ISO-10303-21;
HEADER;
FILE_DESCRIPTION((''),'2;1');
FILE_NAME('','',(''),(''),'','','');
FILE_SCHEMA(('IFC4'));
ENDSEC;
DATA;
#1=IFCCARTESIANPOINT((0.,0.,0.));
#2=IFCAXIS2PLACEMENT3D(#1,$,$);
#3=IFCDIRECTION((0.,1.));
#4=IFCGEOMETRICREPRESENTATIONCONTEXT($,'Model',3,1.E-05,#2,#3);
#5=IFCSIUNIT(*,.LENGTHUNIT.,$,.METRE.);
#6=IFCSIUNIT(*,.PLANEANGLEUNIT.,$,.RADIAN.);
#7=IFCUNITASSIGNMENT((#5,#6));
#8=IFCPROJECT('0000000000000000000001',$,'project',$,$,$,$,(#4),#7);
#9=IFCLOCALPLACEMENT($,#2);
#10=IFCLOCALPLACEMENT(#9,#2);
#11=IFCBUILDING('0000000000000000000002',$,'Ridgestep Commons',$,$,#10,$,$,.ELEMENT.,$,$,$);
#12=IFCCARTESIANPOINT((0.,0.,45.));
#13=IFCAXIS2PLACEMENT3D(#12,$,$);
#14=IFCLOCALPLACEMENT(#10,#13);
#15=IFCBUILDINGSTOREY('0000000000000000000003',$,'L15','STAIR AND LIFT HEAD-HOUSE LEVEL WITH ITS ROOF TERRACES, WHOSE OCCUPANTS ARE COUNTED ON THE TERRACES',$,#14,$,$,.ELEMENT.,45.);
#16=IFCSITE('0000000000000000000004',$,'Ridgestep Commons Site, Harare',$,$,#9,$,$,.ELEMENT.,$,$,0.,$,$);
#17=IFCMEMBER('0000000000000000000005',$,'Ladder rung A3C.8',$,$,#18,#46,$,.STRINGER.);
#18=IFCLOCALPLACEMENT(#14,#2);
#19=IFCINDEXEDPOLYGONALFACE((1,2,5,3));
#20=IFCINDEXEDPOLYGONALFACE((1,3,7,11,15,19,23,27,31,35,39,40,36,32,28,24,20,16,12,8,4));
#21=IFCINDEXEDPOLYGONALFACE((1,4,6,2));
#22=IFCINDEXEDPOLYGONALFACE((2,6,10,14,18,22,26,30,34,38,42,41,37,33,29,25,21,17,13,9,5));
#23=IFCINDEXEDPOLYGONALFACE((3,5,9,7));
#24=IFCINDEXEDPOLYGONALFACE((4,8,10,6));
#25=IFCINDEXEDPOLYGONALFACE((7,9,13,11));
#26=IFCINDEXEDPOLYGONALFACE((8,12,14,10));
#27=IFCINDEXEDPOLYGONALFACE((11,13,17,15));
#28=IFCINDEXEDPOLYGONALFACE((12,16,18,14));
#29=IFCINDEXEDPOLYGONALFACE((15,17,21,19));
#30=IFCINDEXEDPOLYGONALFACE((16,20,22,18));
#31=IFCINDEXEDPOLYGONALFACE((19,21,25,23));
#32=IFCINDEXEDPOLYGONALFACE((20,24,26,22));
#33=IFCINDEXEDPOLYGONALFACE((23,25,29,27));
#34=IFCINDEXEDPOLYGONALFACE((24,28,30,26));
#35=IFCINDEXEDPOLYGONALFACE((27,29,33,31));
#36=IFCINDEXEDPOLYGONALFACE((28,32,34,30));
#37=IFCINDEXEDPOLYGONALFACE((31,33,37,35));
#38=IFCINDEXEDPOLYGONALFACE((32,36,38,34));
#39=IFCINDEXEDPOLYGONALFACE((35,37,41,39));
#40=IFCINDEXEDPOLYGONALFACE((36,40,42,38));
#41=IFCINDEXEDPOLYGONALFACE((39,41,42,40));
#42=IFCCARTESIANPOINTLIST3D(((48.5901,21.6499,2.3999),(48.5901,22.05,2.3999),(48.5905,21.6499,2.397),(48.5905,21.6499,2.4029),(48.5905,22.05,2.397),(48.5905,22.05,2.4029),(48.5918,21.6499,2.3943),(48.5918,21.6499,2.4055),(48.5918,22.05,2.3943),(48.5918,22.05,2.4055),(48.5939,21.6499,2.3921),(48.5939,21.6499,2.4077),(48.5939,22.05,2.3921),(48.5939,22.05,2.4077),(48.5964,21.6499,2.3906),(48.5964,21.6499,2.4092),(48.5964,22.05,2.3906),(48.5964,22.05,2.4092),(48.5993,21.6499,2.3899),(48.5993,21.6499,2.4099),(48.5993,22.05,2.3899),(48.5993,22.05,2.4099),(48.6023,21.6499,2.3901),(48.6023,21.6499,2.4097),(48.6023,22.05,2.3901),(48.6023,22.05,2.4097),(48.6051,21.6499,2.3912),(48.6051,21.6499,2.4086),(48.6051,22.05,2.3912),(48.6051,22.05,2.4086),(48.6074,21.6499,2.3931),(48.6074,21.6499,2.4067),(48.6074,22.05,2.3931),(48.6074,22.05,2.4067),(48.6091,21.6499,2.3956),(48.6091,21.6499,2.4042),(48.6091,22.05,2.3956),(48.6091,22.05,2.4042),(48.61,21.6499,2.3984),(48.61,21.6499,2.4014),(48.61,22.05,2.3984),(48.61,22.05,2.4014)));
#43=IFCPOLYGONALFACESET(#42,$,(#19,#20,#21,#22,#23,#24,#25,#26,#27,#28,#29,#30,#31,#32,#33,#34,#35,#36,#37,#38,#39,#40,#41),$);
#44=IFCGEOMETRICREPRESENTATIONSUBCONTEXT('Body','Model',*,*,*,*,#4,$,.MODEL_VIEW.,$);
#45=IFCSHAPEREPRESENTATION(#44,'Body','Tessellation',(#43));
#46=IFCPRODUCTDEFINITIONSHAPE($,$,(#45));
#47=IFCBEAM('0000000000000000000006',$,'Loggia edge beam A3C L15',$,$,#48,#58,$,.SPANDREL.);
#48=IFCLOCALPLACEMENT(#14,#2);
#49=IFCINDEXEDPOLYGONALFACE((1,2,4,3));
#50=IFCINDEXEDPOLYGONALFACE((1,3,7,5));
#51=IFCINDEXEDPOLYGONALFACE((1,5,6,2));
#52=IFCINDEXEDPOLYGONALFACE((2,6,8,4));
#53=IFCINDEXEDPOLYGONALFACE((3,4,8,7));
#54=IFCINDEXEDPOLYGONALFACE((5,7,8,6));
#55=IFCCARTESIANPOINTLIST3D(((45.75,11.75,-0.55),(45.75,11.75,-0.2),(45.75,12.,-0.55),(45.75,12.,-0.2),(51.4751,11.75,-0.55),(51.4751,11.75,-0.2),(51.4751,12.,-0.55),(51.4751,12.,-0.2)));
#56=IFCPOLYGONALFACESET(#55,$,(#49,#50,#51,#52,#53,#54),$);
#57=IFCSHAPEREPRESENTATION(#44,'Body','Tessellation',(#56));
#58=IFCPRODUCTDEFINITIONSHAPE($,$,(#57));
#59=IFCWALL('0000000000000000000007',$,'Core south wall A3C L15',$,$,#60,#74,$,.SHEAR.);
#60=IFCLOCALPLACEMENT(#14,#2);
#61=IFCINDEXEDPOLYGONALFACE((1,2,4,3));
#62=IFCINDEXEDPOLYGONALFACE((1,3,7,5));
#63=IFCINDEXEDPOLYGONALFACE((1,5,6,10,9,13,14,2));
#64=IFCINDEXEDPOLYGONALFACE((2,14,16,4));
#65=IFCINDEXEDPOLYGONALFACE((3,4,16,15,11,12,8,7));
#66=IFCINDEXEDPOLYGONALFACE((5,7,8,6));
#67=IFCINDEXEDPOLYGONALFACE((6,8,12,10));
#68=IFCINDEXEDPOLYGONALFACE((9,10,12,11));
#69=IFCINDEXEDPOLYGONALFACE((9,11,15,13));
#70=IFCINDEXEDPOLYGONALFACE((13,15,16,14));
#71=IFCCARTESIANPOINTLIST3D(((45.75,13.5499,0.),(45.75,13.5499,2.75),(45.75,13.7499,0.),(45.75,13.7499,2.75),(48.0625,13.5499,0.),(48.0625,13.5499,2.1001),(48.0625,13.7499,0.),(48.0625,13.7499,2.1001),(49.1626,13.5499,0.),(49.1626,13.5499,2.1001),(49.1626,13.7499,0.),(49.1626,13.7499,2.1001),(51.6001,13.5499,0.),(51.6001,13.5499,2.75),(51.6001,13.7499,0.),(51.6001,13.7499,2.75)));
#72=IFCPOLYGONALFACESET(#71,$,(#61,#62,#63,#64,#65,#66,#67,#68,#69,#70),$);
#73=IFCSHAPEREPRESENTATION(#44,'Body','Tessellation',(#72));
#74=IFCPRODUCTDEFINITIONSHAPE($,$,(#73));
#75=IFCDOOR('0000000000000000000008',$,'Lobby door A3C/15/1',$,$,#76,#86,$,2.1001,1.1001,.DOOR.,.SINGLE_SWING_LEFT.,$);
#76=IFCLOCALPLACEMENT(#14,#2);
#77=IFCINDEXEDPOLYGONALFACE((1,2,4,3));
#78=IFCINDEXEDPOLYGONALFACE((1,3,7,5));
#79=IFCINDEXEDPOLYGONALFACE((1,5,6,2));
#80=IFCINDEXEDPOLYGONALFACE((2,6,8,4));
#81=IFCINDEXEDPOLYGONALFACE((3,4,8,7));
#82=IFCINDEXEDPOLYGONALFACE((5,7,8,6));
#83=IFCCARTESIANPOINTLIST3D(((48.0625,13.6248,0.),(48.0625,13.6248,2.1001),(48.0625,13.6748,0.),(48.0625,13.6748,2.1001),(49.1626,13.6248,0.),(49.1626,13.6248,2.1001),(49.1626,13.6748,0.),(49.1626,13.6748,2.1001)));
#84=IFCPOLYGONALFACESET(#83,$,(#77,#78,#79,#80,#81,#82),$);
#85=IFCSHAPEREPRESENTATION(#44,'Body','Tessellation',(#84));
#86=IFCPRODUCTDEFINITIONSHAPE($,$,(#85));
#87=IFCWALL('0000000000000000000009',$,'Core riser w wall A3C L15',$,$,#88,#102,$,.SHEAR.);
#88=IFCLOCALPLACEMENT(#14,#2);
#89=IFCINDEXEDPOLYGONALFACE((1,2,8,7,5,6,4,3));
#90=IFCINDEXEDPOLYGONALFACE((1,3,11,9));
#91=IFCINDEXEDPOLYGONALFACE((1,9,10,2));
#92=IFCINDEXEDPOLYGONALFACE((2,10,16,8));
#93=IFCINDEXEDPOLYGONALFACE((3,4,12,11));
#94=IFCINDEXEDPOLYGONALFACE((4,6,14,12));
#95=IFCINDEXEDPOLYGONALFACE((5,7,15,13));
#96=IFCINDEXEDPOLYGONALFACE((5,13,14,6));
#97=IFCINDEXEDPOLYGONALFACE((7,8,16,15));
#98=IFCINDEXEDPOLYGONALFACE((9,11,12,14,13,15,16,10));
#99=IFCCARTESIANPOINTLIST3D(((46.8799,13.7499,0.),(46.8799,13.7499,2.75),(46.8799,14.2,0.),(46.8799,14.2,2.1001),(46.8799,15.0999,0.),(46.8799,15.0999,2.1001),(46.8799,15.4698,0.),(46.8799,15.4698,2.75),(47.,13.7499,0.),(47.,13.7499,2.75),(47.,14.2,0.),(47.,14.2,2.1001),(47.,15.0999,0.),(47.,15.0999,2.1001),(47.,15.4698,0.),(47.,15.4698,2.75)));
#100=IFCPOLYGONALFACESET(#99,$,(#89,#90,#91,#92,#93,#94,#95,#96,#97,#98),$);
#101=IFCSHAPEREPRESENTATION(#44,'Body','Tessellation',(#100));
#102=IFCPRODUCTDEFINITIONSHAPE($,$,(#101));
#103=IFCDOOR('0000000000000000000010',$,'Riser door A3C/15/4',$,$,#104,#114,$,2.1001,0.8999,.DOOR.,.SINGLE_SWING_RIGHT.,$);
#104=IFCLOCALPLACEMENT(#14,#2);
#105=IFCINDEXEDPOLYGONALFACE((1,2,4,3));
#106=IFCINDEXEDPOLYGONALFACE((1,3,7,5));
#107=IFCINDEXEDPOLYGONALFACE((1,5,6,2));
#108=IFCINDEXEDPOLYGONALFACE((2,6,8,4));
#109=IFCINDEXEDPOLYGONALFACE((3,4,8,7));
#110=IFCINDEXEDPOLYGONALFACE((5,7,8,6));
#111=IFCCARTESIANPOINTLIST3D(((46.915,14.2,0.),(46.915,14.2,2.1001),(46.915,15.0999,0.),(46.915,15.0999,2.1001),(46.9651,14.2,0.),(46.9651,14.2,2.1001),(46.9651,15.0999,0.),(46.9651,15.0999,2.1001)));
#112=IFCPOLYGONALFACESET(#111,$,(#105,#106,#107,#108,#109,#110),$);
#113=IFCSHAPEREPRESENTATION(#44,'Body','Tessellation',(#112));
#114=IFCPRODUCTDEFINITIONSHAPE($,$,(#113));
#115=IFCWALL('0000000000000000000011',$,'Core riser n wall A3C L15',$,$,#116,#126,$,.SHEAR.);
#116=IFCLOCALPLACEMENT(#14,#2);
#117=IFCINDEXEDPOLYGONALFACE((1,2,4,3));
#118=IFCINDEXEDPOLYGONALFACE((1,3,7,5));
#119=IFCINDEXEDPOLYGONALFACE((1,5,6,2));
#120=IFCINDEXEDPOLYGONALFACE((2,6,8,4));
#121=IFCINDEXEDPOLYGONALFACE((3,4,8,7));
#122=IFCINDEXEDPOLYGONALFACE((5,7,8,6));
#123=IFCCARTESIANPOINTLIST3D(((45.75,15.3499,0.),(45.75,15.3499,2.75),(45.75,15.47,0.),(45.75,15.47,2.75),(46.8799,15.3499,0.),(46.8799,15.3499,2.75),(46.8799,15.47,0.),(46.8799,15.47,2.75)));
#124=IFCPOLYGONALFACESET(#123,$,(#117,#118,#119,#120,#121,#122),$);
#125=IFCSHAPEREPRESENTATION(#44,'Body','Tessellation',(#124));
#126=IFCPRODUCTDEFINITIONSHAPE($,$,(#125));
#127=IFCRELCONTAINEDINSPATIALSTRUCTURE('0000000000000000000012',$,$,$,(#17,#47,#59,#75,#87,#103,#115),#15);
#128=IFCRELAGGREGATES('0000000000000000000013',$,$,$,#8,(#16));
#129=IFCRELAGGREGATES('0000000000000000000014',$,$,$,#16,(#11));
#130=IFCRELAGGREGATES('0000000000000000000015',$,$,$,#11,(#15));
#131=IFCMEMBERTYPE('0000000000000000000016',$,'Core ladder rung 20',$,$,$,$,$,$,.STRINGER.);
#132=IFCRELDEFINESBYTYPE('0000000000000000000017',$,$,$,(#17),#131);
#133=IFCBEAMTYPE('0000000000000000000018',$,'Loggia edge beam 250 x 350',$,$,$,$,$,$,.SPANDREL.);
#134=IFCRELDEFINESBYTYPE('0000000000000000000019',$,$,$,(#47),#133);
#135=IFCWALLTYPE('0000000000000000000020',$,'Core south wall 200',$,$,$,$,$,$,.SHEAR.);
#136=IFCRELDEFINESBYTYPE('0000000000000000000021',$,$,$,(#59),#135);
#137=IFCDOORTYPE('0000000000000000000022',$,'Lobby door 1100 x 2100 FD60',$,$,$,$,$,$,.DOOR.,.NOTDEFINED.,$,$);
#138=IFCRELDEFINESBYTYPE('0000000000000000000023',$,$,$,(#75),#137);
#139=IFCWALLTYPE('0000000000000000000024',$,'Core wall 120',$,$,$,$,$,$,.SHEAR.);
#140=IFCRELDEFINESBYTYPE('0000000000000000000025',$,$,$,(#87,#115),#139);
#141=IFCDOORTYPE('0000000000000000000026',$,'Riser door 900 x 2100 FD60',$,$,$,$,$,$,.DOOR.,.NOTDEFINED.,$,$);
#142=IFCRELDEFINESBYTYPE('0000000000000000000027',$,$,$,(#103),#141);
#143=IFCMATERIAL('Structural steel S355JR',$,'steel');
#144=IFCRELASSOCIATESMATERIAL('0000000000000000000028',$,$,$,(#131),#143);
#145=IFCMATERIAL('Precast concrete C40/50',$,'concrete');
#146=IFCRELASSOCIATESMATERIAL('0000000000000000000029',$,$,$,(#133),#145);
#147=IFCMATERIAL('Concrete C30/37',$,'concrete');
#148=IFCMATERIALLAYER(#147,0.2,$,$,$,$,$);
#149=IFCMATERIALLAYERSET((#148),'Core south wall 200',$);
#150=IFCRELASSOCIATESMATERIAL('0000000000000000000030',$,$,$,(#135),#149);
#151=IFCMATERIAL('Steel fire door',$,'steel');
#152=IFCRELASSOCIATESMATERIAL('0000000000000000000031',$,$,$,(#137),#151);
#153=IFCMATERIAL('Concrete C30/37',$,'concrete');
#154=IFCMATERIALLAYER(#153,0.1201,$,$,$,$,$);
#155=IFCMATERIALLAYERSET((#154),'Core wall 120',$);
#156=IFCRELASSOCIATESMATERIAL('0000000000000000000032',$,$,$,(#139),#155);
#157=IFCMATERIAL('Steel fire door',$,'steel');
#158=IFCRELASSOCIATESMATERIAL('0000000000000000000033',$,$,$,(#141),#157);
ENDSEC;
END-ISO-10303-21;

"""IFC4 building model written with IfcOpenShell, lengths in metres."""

from ifc_helpers import new_model, si_unit, direction, frame, frame_2d, origin, origin_2d, place, context, subcontext, project, spatial, rectangle, circle, extrude, material, layer, layer_set, material_profile, profile_set, type_object, element, fill, save


model = new_model("IFC4")

# Units and contexts
model_context = context("Model", 3, precision=1e-05, world=origin(), true_north=direction((0.0, 1.0)))
body_context = subcontext(model_context, "Body", "Model", "MODEL_VIEW")
ifc_project = project(units=[si_unit("LENGTHUNIT", "METRE"), si_unit("PLANEANGLEUNIT", "RADIAN")], contexts=[model_context])

# Site, building, storey
site_placement = place(None, origin())
site = spatial("IfcSite", under=ifc_project, at=site_placement, Name="Ridgestep Commons Site, Harare", CompositionType="ELEMENT", RefElevation=0.0)
building_placement = place(site_placement, origin())
building = spatial("IfcBuilding", under=site, at=building_placement, Name="Ridgestep Commons", CompositionType="ELEMENT")
storey_placement = place(building_placement, frame((0.0, 0.0, 45.0)))
storey = spatial("IfcBuildingStorey", under=building, at=storey_placement, Name="L15", Description="STAIR AND LIFT HEAD-HOUSE LEVEL WITH ITS ROOF TERRACES, WHOSE OCCUPANTS ARE COUNTED ON THE TERRACES", CompositionType="ELEMENT", Elevation=45.0)

# Member
ifc_material_1 = material(Name="Structural steel S355JR", Category="steel")
ifc_material_profile_1 = material_profile(ifc_material_1, circle(Radius=0.01, at=origin_2d()), Name="Round bar 20")
ifc_profile_set_1 = profile_set([ifc_material_profile_1], Name="Structural steel S355JR")
member_type_1 = type_object("IfcMemberType", Name="Core ladder rung 20", PredefinedType="STRINGER", material=ifc_profile_set_1)
for number, where, z_axis, x_axis, name in (
    (1, (48.6001, 21.6499, 2.3999), (0.0, 1.0, 0.0), (-1.0, 0.0, 0.0), "Ladder rung A3C.8"),
):
    element("IfcMember", number, at=place(storey_placement, frame(where, z_axis=z_axis, x_axis=x_axis)), inside=storey, type_object=member_type_1, Name=name, PredefinedType="STRINGER", context=body_context, shape_type="SweptSolid", body=[
        extrude(circle(Radius=0.01, at=origin_2d()), origin(), (0.0, 0.0, 1.0), 0.4001),
    ])

# Beam
ifc_material_2 = material(Name="Precast concrete C40/50", Category="concrete")
ifc_material_profile_2 = material_profile(ifc_material_2, rectangle(XDim=0.25, YDim=0.3501, at=origin_2d()), Name="PC 250x350")
ifc_profile_set_2 = profile_set([ifc_material_profile_2], Name="Precast concrete C40/50")
beam_type = type_object("IfcBeamType", Name="Loggia edge beam 250 x 350", PredefinedType="SPANDREL", material=ifc_profile_set_2)
beam_placement = place(storey_placement, frame((45.75, 11.875, -0.375), z_axis=(1.0, 0.0, 0.0), x_axis=(0.0, 1.0, 0.0)))
element("IfcBeam", 2, at=beam_placement, inside=storey, type_object=beam_type, Name="Loggia edge beam A3C L15", PredefinedType="SPANDREL", context=body_context, shape_type="SweptSolid", body=[
    extrude(rectangle(XDim=0.25, YDim=0.3501, at=origin_2d()), origin(), (0.0, 0.0, 1.0), 5.7251),
])

# Walls, openings, doors
ifc_material_3 = material(Name="Concrete C30/37", Category="concrete")
ifc_layer_1 = layer(ifc_material_3, 0.2)
ifc_layer_set_1 = layer_set([ifc_layer_1], Name="Core south wall 200")
wall_type_1 = type_object("IfcWallType", Name="Core south wall 200", PredefinedType="SHEAR", material=ifc_layer_set_1)
wall_1_placement = place(storey_placement, frame((45.75, 13.6499, 0.0), z_axis=(0.0, 0.0, 1.0), x_axis=(1.0, 0.0, 0.0)))
wall_1 = element("IfcWall", 3, at=wall_1_placement, inside=storey, type_object=wall_type_1, Name="Core south wall A3C L15", PredefinedType="SHEAR", context=body_context, shape_type="SweptSolid", body=[
    extrude(rectangle(XDim=5.8501, YDim=0.2, at=frame_2d((2.925, 0.0))), origin(), (0.0, 0.0, 1.0), 2.75),
])
opening_1_placement = place(wall_1_placement, frame((2.3125, 0.0, 0.0)))
opening_1 = element("IfcOpeningElement", 4, at=opening_1_placement, cuts=wall_1, PredefinedType="OPENING", context=body_context, shape_type="SweptSolid", body=[
    extrude(rectangle(XDim=1.1001, YDim=2.1001, at=frame_2d((0.55, 1.05))), frame((0.0, 0.1099, 0.0), z_axis=(0.0, -1.0, 0.0), x_axis=(1.0, 0.0, 0.0)), (0.0, 0.0, 1.0), 0.22),
])
ifc_material_4 = material(Name="Steel fire door", Category="steel")
door_type_1 = type_object("IfcDoorType", Name="Lobby door 1100 x 2100 FD60", OperationType="NOTDEFINED", PredefinedType="DOOR", material=ifc_material_4)
door_1_placement = place(opening_1_placement, origin())
door_1 = element("IfcDoor", 5, at=door_1_placement, inside=storey, type_object=door_type_1, Name="Lobby door A3C/15/1", OperationType="SINGLE_SWING_LEFT", OverallHeight=2.1001, OverallWidth=1.1001, PredefinedType="DOOR", context=body_context, shape_type="SweptSolid", body=[
    extrude(rectangle(XDim=1.1001, YDim=2.1001, at=frame_2d((0.55, 1.05))), frame((0.0, 0.0249, 0.0), z_axis=(0.0, -1.0, 0.0), x_axis=(1.0, 0.0, 0.0)), (0.0, 0.0, 1.0), 0.05),
])
fill(opening_1, door_1)
ifc_material_5 = material(Name="Concrete C30/37", Category="concrete")
ifc_layer_2 = layer(ifc_material_5, 0.1201)
ifc_layer_set_2 = layer_set([ifc_layer_2], Name="Core wall 120")
wall_type_2 = type_object("IfcWallType", Name="Core wall 120", PredefinedType="SHEAR", material=ifc_layer_set_2)
wall_2_placement = place(storey_placement, frame((46.9399, 13.75, 0.0), z_axis=(0.0, 0.0, 1.0), x_axis=(0.0, 1.0, 0.0)))
wall_2 = element("IfcWall", 6, at=wall_2_placement, inside=storey, type_object=wall_type_2, Name="Core riser w wall A3C L15", PredefinedType="SHEAR", context=body_context, shape_type="SweptSolid", body=[
    extrude(rectangle(XDim=1.72, YDim=0.1201, at=frame_2d((0.8599, 0.0))), origin(), (0.0, 0.0, 1.0), 2.75),
])
opening_2_placement = place(wall_2_placement, frame((0.45, 0.0, 0.0)))
opening_2 = element("IfcOpeningElement", 7, at=opening_2_placement, cuts=wall_2, PredefinedType="OPENING", context=body_context, shape_type="SweptSolid", body=[
    extrude(rectangle(XDim=0.8999, YDim=2.1001, at=frame_2d((0.45, 1.05))), frame((0.0, 0.0701, 0.0), z_axis=(0.0, -1.0, 0.0), x_axis=(1.0, 0.0, 0.0)), (0.0, 0.0, 1.0), 0.1401),
])
ifc_material_6 = material(Name="Steel fire door", Category="steel")
door_type_2 = type_object("IfcDoorType", Name="Riser door 900 x 2100 FD60", OperationType="NOTDEFINED", PredefinedType="DOOR", material=ifc_material_6)
door_2_placement = place(opening_2_placement, origin())
door_2 = element("IfcDoor", 8, at=door_2_placement, inside=storey, type_object=door_type_2, Name="Riser door A3C/15/4", OperationType="SINGLE_SWING_RIGHT", OverallHeight=2.1001, OverallWidth=0.8999, PredefinedType="DOOR", context=body_context, shape_type="SweptSolid", body=[
    extrude(rectangle(XDim=0.8999, YDim=2.1001, at=frame_2d((0.45, 1.05))), frame((0.0, 0.0249, 0.0), z_axis=(0.0, -1.0, 0.0), x_axis=(1.0, 0.0, 0.0)), (0.0, 0.0, 1.0), 0.05),
])
fill(opening_2, door_2)

# Wall
wall_3_placement = place(storey_placement, frame((45.75, 15.4099, 0.0), z_axis=(0.0, 0.0, 1.0), x_axis=(1.0, 0.0, 0.0)))
element("IfcWall", 9, at=wall_3_placement, inside=storey, type_object=wall_type_2, Name="Core riser n wall A3C L15", PredefinedType="SHEAR", context=body_context, shape_type="SweptSolid", body=[
    extrude(rectangle(XDim=1.1299, YDim=0.1201, at=frame_2d((0.5649, 0.0))), origin(), (0.0, 0.0, 1.0), 2.75),
])

save(model, "model.ifc")
